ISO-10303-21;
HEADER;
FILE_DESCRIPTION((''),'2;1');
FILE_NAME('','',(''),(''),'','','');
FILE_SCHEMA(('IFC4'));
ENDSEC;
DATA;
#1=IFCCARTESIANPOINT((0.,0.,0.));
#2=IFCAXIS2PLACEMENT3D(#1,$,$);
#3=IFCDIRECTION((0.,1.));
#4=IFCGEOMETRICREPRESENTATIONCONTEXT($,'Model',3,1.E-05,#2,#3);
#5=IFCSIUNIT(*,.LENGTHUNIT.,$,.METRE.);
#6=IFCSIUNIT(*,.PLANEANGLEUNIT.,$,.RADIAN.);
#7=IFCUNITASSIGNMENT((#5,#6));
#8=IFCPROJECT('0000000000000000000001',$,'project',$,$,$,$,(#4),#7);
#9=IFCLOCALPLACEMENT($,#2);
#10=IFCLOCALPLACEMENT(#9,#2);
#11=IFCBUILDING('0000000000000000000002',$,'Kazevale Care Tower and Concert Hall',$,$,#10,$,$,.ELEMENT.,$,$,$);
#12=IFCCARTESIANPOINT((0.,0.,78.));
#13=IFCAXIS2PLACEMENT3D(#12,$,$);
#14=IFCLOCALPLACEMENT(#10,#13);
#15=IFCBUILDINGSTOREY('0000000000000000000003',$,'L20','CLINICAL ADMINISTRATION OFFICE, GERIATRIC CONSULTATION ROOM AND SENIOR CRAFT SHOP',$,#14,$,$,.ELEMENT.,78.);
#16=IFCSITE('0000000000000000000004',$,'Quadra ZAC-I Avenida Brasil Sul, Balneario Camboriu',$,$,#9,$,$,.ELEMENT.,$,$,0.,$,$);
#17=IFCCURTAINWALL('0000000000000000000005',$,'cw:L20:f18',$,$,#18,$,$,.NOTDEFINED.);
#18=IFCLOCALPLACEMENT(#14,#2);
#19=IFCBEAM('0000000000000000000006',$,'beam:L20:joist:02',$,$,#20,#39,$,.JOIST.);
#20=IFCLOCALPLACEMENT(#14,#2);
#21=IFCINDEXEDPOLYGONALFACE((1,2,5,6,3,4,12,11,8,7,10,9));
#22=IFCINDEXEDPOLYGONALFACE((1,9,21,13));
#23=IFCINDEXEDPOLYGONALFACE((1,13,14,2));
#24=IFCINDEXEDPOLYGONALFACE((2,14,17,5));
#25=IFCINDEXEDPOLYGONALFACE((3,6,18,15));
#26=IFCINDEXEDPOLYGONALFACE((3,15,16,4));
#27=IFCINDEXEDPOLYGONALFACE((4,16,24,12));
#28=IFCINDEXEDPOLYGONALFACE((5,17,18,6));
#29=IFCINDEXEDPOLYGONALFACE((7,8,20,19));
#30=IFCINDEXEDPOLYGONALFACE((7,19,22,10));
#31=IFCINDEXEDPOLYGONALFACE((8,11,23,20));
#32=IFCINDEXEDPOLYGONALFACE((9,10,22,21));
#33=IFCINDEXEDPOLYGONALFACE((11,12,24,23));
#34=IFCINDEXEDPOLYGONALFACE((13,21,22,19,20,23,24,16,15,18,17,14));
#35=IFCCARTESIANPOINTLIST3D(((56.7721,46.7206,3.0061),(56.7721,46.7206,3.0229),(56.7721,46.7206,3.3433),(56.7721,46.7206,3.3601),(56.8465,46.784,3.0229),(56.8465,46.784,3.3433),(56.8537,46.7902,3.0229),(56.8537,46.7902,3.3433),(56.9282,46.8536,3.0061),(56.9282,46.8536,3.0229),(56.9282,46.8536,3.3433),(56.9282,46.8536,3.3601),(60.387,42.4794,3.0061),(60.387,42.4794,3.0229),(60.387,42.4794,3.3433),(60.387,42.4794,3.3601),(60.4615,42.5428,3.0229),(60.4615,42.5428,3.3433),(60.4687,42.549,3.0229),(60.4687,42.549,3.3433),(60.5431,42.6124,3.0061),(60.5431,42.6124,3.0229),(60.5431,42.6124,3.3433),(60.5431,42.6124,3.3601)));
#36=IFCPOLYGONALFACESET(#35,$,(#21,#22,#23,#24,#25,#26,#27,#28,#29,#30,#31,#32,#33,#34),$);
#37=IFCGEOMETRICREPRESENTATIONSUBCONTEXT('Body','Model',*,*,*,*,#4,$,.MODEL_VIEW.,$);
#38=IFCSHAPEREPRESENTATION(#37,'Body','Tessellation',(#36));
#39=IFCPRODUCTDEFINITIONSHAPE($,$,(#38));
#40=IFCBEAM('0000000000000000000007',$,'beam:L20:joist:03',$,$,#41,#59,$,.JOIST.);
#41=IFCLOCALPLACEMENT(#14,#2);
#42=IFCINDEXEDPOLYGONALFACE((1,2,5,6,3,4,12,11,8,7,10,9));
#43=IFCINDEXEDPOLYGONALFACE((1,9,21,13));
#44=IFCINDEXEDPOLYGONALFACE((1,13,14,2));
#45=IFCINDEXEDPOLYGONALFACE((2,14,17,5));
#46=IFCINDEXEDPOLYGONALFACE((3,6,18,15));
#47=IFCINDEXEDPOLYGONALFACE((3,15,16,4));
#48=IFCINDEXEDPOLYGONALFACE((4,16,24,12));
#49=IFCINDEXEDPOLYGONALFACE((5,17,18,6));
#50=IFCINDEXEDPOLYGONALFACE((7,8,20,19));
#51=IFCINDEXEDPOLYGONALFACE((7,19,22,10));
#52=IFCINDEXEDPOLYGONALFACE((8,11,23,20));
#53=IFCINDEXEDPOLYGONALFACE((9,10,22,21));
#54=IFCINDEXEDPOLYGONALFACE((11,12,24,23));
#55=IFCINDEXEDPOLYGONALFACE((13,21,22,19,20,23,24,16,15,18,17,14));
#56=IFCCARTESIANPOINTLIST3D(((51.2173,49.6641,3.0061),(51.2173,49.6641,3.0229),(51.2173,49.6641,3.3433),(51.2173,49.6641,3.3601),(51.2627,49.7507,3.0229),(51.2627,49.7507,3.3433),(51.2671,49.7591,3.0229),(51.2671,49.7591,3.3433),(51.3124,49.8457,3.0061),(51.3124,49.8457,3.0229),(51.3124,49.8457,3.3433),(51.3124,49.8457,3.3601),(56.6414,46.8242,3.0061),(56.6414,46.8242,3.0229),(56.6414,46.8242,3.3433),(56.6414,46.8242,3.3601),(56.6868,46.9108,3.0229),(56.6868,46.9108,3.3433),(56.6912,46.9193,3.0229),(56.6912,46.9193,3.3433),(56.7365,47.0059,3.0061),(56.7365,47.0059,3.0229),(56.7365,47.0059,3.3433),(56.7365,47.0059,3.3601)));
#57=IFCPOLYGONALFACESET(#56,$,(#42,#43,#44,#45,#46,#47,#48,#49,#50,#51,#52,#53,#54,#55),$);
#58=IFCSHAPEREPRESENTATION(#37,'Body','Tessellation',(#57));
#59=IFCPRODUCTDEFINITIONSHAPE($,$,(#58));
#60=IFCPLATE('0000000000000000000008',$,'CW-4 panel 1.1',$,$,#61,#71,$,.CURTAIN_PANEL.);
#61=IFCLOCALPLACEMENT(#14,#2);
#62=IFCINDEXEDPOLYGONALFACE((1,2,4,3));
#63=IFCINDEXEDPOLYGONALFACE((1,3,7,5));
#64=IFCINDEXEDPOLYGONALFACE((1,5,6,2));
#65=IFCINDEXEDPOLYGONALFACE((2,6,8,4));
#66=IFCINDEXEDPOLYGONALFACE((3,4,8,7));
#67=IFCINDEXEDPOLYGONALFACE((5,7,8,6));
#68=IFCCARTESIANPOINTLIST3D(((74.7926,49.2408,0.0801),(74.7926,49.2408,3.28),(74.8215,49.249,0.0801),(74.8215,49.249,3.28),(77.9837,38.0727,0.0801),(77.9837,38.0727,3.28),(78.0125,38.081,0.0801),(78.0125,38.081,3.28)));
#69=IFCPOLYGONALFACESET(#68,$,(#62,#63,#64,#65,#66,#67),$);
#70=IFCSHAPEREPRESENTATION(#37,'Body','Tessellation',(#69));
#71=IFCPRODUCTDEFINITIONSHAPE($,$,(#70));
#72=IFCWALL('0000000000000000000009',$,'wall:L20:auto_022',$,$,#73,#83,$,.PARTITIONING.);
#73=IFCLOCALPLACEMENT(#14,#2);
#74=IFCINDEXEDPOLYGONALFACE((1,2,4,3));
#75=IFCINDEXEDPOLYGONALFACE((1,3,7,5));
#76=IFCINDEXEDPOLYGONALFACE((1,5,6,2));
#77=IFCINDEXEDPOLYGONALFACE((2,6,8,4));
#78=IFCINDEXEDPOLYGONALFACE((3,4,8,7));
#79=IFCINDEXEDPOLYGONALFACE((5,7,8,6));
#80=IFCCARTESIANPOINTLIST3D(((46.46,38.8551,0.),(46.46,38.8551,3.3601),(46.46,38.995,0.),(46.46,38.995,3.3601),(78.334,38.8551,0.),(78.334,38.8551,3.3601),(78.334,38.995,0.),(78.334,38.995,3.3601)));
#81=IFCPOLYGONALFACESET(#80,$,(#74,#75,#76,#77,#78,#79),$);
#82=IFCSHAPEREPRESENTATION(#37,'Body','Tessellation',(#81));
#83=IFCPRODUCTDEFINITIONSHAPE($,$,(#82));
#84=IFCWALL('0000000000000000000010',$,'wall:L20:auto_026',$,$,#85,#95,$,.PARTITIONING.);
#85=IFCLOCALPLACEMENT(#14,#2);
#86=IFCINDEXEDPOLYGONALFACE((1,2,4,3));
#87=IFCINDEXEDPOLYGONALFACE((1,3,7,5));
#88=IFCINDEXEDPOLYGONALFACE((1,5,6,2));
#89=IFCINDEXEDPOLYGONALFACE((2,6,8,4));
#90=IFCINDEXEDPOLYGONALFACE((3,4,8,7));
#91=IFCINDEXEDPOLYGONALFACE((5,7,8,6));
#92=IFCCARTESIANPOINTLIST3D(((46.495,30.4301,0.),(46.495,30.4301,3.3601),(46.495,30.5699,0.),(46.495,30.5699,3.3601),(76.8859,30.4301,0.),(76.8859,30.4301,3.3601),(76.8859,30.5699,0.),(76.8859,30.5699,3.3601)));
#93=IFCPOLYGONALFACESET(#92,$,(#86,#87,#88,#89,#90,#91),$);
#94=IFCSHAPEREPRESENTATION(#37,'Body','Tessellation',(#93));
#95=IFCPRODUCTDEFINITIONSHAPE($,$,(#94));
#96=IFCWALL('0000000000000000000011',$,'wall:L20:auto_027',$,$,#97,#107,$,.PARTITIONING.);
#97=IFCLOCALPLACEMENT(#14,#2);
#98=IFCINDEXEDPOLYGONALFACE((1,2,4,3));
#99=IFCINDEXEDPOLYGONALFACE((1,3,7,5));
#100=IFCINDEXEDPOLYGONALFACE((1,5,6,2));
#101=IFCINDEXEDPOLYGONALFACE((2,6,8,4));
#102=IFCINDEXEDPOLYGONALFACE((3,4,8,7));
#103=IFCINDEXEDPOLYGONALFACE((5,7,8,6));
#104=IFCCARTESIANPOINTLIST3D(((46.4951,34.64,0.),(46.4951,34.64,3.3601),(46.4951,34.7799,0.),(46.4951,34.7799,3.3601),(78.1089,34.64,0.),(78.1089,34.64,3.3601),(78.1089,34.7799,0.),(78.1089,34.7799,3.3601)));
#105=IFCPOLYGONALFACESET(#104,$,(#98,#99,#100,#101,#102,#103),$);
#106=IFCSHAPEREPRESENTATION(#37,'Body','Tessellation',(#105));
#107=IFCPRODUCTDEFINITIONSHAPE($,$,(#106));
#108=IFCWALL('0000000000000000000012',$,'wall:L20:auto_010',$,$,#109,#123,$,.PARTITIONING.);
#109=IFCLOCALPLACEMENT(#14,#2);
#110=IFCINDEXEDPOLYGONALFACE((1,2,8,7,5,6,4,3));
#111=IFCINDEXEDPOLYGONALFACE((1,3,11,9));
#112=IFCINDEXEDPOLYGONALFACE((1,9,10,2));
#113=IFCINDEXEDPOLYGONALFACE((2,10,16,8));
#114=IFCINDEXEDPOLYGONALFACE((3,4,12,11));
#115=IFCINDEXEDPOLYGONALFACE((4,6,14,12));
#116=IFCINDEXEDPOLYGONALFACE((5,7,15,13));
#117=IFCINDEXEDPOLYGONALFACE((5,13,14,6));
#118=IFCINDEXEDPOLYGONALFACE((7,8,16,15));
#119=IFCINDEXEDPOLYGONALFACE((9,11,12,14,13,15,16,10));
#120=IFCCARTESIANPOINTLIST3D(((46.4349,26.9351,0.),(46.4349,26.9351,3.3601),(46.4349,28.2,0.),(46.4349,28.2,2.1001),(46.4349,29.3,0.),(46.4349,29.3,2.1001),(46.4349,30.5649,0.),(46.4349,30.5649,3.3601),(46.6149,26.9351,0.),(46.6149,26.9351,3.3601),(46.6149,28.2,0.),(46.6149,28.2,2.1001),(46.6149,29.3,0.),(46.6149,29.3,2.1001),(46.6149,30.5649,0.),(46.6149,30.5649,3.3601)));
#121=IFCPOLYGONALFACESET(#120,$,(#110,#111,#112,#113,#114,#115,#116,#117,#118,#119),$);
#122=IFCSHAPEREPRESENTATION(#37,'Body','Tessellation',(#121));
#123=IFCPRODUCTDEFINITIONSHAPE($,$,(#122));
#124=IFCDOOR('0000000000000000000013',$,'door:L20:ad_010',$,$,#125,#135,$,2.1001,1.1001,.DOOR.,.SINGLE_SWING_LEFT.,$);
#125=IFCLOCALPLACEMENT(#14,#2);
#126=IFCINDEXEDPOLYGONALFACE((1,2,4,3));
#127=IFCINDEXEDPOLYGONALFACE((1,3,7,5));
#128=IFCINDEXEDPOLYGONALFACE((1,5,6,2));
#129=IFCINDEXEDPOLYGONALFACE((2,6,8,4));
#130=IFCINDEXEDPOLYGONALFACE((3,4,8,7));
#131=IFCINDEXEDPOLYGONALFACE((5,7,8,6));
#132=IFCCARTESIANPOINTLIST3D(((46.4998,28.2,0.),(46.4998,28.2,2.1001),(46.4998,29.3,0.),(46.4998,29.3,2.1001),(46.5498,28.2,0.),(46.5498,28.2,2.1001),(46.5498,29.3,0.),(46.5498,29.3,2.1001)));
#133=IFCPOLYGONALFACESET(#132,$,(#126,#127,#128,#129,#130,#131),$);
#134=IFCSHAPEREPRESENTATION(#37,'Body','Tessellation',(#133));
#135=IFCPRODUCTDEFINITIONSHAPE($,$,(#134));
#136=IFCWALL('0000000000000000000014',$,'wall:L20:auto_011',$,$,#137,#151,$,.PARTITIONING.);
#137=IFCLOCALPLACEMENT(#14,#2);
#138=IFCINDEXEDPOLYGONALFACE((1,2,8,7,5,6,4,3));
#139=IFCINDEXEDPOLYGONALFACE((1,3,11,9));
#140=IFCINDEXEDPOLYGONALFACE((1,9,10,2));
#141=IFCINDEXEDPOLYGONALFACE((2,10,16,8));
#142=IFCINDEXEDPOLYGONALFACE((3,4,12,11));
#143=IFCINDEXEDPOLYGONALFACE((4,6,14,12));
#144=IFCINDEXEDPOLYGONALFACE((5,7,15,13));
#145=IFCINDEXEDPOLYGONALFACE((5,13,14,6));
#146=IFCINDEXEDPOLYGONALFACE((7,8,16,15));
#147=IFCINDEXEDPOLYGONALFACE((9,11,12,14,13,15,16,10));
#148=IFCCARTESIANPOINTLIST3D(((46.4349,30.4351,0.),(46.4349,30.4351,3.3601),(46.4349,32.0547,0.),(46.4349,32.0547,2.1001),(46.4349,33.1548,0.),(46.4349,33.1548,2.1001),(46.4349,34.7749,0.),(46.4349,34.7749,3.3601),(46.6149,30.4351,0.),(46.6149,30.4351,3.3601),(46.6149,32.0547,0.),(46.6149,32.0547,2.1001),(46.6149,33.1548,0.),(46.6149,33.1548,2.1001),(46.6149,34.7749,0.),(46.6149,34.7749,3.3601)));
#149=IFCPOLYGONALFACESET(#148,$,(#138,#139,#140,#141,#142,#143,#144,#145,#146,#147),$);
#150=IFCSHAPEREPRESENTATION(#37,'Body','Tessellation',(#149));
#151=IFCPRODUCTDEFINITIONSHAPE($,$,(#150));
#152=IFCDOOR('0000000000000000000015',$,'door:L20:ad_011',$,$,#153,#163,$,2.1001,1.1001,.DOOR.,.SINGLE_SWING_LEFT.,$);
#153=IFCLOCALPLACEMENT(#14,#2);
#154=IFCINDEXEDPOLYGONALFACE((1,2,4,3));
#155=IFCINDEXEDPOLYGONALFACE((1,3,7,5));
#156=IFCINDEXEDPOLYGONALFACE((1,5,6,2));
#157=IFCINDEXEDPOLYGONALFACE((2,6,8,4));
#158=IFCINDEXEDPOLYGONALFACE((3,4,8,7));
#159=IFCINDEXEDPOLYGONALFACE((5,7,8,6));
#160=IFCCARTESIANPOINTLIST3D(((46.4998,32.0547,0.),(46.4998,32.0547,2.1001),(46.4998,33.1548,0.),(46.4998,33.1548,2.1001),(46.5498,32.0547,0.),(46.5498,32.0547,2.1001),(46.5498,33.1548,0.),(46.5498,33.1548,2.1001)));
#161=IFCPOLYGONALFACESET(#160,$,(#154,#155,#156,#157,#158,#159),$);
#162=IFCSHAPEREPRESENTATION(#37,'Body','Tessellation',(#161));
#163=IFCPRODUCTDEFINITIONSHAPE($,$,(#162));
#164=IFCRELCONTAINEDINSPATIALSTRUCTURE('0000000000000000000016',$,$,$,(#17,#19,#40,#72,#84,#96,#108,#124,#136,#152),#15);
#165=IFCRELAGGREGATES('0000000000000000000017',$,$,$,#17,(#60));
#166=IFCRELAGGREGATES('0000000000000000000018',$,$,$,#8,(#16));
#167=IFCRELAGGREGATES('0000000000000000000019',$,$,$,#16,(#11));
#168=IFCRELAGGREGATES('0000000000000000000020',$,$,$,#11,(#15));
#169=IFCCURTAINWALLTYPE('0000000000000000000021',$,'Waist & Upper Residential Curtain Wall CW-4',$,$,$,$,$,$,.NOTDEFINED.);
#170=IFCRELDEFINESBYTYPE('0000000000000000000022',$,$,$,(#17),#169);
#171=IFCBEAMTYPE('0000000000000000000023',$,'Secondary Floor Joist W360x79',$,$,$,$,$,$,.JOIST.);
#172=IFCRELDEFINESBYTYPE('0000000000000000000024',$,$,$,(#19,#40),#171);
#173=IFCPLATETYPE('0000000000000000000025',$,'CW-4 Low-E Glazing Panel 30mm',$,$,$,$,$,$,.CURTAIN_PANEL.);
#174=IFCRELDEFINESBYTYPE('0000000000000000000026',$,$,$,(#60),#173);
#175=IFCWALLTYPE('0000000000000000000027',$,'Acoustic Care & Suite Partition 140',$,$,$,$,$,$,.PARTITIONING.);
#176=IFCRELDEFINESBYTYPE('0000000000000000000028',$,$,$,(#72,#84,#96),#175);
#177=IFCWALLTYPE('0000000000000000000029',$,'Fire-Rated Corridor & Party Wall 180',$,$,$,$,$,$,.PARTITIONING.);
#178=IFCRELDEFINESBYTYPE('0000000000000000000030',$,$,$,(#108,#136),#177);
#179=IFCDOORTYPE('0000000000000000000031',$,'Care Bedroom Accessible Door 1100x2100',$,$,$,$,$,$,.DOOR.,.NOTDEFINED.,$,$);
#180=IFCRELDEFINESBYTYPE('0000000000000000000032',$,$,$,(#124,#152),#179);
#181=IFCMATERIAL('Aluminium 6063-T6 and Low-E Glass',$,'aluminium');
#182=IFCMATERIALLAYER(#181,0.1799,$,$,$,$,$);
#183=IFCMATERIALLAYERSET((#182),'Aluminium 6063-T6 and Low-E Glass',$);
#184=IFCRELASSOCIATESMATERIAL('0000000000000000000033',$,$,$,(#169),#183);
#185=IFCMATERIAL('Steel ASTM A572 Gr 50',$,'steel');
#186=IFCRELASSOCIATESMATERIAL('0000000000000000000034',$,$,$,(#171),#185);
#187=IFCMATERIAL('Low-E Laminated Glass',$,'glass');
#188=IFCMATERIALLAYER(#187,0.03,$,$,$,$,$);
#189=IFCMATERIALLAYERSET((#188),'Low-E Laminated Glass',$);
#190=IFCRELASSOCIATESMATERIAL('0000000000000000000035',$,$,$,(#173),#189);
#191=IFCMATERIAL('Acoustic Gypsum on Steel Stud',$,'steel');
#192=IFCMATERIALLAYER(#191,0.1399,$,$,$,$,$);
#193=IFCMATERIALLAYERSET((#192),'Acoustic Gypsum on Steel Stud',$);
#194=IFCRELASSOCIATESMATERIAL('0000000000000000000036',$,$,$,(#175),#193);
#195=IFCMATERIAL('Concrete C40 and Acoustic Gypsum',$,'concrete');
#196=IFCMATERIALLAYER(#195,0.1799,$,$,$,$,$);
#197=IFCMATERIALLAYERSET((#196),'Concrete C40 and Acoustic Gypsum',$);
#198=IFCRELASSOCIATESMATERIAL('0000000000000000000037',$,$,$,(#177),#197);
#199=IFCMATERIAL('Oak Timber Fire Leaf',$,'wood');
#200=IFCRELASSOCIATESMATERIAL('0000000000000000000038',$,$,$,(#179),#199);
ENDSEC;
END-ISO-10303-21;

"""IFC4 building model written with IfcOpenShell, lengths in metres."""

from ifc_helpers import new_model, si_unit, direction, frame, frame_2d, origin, origin_2d, place, context, subcontext, project, spatial, rectangle, i_section, extrude, material, layer, layer_set, material_profile, profile_set, type_object, element, fill, aggregate, save


model = new_model("IFC4")

# Units and contexts
model_context = context("Model", 3, precision=1e-05, world=origin(), true_north=direction((0.0, 1.0)))
body_context = subcontext(model_context, "Body", "Model", "MODEL_VIEW")
ifc_project = project(units=[si_unit("LENGTHUNIT", "METRE"), si_unit("PLANEANGLEUNIT", "RADIAN")], contexts=[model_context])

# Site, building, storey
site_placement = place(None, origin())
site = spatial("IfcSite", under=ifc_project, at=site_placement, Name="Quadra ZAC-I Avenida Brasil Sul, Balneario Camboriu", CompositionType="ELEMENT", RefElevation=0.0)
building_placement = place(site_placement, origin())
building = spatial("IfcBuilding", under=site, at=building_placement, Name="Kazevale Care Tower and Concert Hall", CompositionType="ELEMENT")
storey_placement = place(building_placement, frame((0.0, 0.0, 78.0)))
storey = spatial("IfcBuildingStorey", under=building, at=storey_placement, Name="L20", Description="CLINICAL ADMINISTRATION OFFICE, GERIATRIC CONSULTATION ROOM AND SENIOR CRAFT SHOP", CompositionType="ELEMENT", Elevation=78.0)

# Curtain wall
ifc_material_1 = material(Name="Aluminium 6063-T6 and Low-E Glass", Category="aluminium")
ifc_layer_1 = layer(ifc_material_1, 0.1799)
ifc_layer_set_1 = layer_set([ifc_layer_1], Name="Aluminium 6063-T6 and Low-E Glass")
curtain_wall_type = type_object("IfcCurtainWallType", Name="Waist & Upper Residential Curtain Wall CW-4", PredefinedType="NOTDEFINED", material=ifc_layer_set_1)
curtain_wall_placement = place(storey_placement, origin())
curtain_wall = element("IfcCurtainWall", 1, at=curtain_wall_placement, inside=storey, type_object=curtain_wall_type, Name="cw:L20:f18", PredefinedType="NOTDEFINED")

# Beams
ifc_material_2 = material(Name="Steel ASTM A572 Gr 50", Category="steel")
ifc_material_profile_1 = material_profile(ifc_material_2, i_section(OverallWidth=0.2051, OverallDepth=0.354, WebThickness=0.0095, FlangeThickness=0.0168, at=origin_2d()), Name="W360x79")
ifc_profile_set_1 = profile_set([ifc_material_profile_1], Name="Steel ASTM A572 Gr 50")
beam_type_1 = type_object("IfcBeamType", Name="Secondary Floor Joist W360x79", PredefinedType="JOIST", material=ifc_profile_set_1)
beam_1_placement = place(storey_placement, frame((60.4651, 42.5459, 3.1831), z_axis=(-0.648686, 0.761057, 0.0), x_axis=(-0.761057, -0.648686, 0.0)))
element("IfcBeam", 2, at=beam_1_placement, inside=storey, type_object=beam_type_1, Name="beam:L20:joist:02", PredefinedType="JOIST", context=body_context, shape_type="SweptSolid", body=[
    extrude(i_section(OverallWidth=0.2051, OverallDepth=0.354, WebThickness=0.0095, FlangeThickness=0.0168, at=origin_2d()), origin(), (0.0, 0.0, 1.0), 5.5728),
])
beam_2_placement = place(storey_placement, frame((56.689, 46.915, 3.1831), z_axis=(-0.885921, 0.463836, 0.0), x_axis=(-0.463836, -0.885921, 0.0)))
element("IfcBeam", 3, at=beam_2_placement, inside=storey, type_object=beam_type_1, Name="beam:L20:joist:03", PredefinedType="JOIST", context=body_context, shape_type="SweptSolid", body=[
    extrude(i_section(OverallWidth=0.2051, OverallDepth=0.354, WebThickness=0.0095, FlangeThickness=0.0168, at=origin_2d()), origin(), (0.0, 0.0, 1.0), 6.1226),
])

# Plate
ifc_material_3 = material(Name="Low-E Laminated Glass", Category="glass")
ifc_layer_2 = layer(ifc_material_3, 0.03)
ifc_layer_set_2 = layer_set([ifc_layer_2], Name="Low-E Laminated Glass")
plate_type = type_object("IfcPlateType", Name="CW-4 Low-E Glazing Panel 30mm", PredefinedType="CURTAIN_PANEL", material=ifc_layer_set_2)
plate_placement = place(storey_placement, frame((76.4026, 43.6609, 0.0801), z_axis=(0.0, 0.0, 1.0), x_axis=(0.274732, -0.961521, 0.0)))
plate = element("IfcPlate", 4, at=plate_placement, type_object=plate_type, Name="CW-4 panel 1.1", PredefinedType="CURTAIN_PANEL", context=body_context, shape_type="SweptSolid", body=[
    extrude(rectangle(XDim=11.615, YDim=0.03, at=origin_2d()), origin(), (0.0, 0.0, 1.0), 3.2),
])
aggregate(curtain_wall, [plate])

# Walls
ifc_material_4 = material(Name="Acoustic Gypsum on Steel Stud", Category="steel")
ifc_layer_3 = layer(ifc_material_4, 0.1399)
ifc_layer_set_3 = layer_set([ifc_layer_3], Name="Acoustic Gypsum on Steel Stud")
wall_type_1 = type_object("IfcWallType", Name="Acoustic Care & Suite Partition 140", PredefinedType="PARTITIONING", material=ifc_layer_set_3)
wall_1_placement = place(storey_placement, frame((78.334, 38.925, 0.0), z_axis=(0.0, 0.0, 1.0), x_axis=(-1.0, 0.0, 0.0)))
element("IfcWall", 5, at=wall_1_placement, inside=storey, type_object=wall_type_1, Name="wall:L20:auto_022", PredefinedType="PARTITIONING", context=body_context, shape_type="SweptSolid", body=[
    extrude(rectangle(XDim=31.874, YDim=0.1399, at=frame_2d((15.937, 0.0))), origin(), (0.0, 0.0, 1.0), 3.3601),
])
wall_2_placement = place(storey_placement, frame((46.4951, 30.5, 0.0), z_axis=(0.0, 0.0, 1.0), x_axis=(1.0, 0.0, 0.0)))
element("IfcWall", 6, at=wall_2_placement, inside=storey, type_object=wall_type_1, Name="wall:L20:auto_026", PredefinedType="PARTITIONING", context=body_context, shape_type="SweptSolid", body=[
    extrude(rectangle(XDim=30.3909, YDim=0.1399, at=frame_2d((15.1953, 0.0))), origin(), (0.0, 0.0, 1.0), 3.3601),
])
wall_3_placement = place(storey_placement, frame((46.4951, 34.71, 0.0), z_axis=(0.0, 0.0, 1.0), x_axis=(1.0, 0.0, 0.0)))
element("IfcWall", 7, at=wall_3_placement, inside=storey, type_object=wall_type_1, Name="wall:L20:auto_027", PredefinedType="PARTITIONING", context=body_context, shape_type="SweptSolid", body=[
    extrude(rectangle(XDim=31.6138, YDim=0.1399, at=frame_2d((15.8069, 0.0))), origin(), (0.0, 0.0, 1.0), 3.3601),
])

# Walls, openings, doors
ifc_material_5 = material(Name="Concrete C40 and Acoustic Gypsum", Category="concrete")
ifc_layer_4 = layer(ifc_material_5, 0.1799)
ifc_layer_set_4 = layer_set([ifc_layer_4], Name="Concrete C40 and Acoustic Gypsum")
wall_type_2 = type_object("IfcWallType", Name="Fire-Rated Corridor & Party Wall 180", PredefinedType="PARTITIONING", material=ifc_layer_set_4)
wall_4_placement = place(storey_placement, frame((46.5249, 30.5649, 0.0), z_axis=(0.0, 0.0, 1.0), x_axis=(0.0, -1.0, 0.0)))
wall_4 = element("IfcWall", 8, at=wall_4_placement, inside=storey, type_object=wall_type_2, Name="wall:L20:auto_010", PredefinedType="PARTITIONING", context=body_context, shape_type="SweptSolid", body=[
    extrude(rectangle(XDim=3.6299, YDim=0.1799, at=frame_2d((1.8149, 0.0))), origin(), (0.0, 0.0, 1.0), 3.3601),
])
opening_1_placement = place(wall_4_placement, frame((1.2649, 0.0, 0.0)))
opening_1 = element("IfcOpeningElement", 9, at=opening_1_placement, cuts=wall_4, PredefinedType="OPENING", context=body_context, shape_type="SweptSolid", body=[
    extrude(rectangle(XDim=1.1001, YDim=2.1001, at=frame_2d((0.55, 1.05))), frame((0.0, 0.0999, 0.0), z_axis=(0.0, -1.0, 0.0), x_axis=(1.0, 0.0, 0.0)), (0.0, 0.0, 1.0), 0.2),
])
ifc_material_6 = material(Name="Oak Timber Fire Leaf", Category="wood")
door_type = type_object("IfcDoorType", Name="Care Bedroom Accessible Door 1100x2100", OperationType="NOTDEFINED", PredefinedType="DOOR", material=ifc_material_6)
door_1_placement = place(opening_1_placement, origin())
door_1 = element("IfcDoor", 10, at=door_1_placement, inside=storey, type_object=door_type, Name="door:L20:ad_010", OperationType="SINGLE_SWING_LEFT", OverallHeight=2.1001, OverallWidth=1.1001, PredefinedType="DOOR", context=body_context, shape_type="SweptSolid", body=[
    extrude(rectangle(XDim=1.1001, YDim=2.1001, at=frame_2d((0.55, 1.05))), frame((0.0, 0.0249, 0.0), z_axis=(0.0, -1.0, 0.0), x_axis=(1.0, 0.0, 0.0)), (0.0, 0.0, 1.0), 0.05),
])
fill(opening_1, door_1)
wall_5_placement = place(storey_placement, frame((46.5249, 34.7749, 0.0), z_axis=(0.0, 0.0, 1.0), x_axis=(0.0, -1.0, 0.0)))
wall_5 = element("IfcWall", 11, at=wall_5_placement, inside=storey, type_object=wall_type_2, Name="wall:L20:auto_011", PredefinedType="PARTITIONING", context=body_context, shape_type="SweptSolid", body=[
    extrude(rectangle(XDim=4.3398, YDim=0.1799, at=frame_2d((2.1699, 0.0))), origin(), (0.0, 0.0, 1.0), 3.3601),
])
opening_2_placement = place(wall_5_placement, frame((1.6201, 0.0, 0.0)))
opening_2 = element("IfcOpeningElement", 12, at=opening_2_placement, cuts=wall_5, PredefinedType="OPENING", context=body_context, shape_type="SweptSolid", body=[
    extrude(rectangle(XDim=1.1001, YDim=2.1001, at=frame_2d((0.55, 1.05))), frame((0.0, 0.0999, 0.0), z_axis=(0.0, -1.0, 0.0), x_axis=(1.0, 0.0, 0.0)), (0.0, 0.0, 1.0), 0.2),
])
door_2_placement = place(opening_2_placement, origin())
door_2 = element("IfcDoor", 13, at=door_2_placement, inside=storey, type_object=door_type, Name="door:L20:ad_011", OperationType="SINGLE_SWING_LEFT", OverallHeight=2.1001, OverallWidth=1.1001, PredefinedType="DOOR", context=body_context, shape_type="SweptSolid", body=[
    extrude(rectangle(XDim=1.1001, YDim=2.1001, at=frame_2d((0.55, 1.05))), frame((0.0, 0.0249, 0.0), z_axis=(0.0, -1.0, 0.0), x_axis=(1.0, 0.0, 0.0)), (0.0, 0.0, 1.0), 0.05),
])
fill(opening_2, door_2)

save(model, "model.ifc")
